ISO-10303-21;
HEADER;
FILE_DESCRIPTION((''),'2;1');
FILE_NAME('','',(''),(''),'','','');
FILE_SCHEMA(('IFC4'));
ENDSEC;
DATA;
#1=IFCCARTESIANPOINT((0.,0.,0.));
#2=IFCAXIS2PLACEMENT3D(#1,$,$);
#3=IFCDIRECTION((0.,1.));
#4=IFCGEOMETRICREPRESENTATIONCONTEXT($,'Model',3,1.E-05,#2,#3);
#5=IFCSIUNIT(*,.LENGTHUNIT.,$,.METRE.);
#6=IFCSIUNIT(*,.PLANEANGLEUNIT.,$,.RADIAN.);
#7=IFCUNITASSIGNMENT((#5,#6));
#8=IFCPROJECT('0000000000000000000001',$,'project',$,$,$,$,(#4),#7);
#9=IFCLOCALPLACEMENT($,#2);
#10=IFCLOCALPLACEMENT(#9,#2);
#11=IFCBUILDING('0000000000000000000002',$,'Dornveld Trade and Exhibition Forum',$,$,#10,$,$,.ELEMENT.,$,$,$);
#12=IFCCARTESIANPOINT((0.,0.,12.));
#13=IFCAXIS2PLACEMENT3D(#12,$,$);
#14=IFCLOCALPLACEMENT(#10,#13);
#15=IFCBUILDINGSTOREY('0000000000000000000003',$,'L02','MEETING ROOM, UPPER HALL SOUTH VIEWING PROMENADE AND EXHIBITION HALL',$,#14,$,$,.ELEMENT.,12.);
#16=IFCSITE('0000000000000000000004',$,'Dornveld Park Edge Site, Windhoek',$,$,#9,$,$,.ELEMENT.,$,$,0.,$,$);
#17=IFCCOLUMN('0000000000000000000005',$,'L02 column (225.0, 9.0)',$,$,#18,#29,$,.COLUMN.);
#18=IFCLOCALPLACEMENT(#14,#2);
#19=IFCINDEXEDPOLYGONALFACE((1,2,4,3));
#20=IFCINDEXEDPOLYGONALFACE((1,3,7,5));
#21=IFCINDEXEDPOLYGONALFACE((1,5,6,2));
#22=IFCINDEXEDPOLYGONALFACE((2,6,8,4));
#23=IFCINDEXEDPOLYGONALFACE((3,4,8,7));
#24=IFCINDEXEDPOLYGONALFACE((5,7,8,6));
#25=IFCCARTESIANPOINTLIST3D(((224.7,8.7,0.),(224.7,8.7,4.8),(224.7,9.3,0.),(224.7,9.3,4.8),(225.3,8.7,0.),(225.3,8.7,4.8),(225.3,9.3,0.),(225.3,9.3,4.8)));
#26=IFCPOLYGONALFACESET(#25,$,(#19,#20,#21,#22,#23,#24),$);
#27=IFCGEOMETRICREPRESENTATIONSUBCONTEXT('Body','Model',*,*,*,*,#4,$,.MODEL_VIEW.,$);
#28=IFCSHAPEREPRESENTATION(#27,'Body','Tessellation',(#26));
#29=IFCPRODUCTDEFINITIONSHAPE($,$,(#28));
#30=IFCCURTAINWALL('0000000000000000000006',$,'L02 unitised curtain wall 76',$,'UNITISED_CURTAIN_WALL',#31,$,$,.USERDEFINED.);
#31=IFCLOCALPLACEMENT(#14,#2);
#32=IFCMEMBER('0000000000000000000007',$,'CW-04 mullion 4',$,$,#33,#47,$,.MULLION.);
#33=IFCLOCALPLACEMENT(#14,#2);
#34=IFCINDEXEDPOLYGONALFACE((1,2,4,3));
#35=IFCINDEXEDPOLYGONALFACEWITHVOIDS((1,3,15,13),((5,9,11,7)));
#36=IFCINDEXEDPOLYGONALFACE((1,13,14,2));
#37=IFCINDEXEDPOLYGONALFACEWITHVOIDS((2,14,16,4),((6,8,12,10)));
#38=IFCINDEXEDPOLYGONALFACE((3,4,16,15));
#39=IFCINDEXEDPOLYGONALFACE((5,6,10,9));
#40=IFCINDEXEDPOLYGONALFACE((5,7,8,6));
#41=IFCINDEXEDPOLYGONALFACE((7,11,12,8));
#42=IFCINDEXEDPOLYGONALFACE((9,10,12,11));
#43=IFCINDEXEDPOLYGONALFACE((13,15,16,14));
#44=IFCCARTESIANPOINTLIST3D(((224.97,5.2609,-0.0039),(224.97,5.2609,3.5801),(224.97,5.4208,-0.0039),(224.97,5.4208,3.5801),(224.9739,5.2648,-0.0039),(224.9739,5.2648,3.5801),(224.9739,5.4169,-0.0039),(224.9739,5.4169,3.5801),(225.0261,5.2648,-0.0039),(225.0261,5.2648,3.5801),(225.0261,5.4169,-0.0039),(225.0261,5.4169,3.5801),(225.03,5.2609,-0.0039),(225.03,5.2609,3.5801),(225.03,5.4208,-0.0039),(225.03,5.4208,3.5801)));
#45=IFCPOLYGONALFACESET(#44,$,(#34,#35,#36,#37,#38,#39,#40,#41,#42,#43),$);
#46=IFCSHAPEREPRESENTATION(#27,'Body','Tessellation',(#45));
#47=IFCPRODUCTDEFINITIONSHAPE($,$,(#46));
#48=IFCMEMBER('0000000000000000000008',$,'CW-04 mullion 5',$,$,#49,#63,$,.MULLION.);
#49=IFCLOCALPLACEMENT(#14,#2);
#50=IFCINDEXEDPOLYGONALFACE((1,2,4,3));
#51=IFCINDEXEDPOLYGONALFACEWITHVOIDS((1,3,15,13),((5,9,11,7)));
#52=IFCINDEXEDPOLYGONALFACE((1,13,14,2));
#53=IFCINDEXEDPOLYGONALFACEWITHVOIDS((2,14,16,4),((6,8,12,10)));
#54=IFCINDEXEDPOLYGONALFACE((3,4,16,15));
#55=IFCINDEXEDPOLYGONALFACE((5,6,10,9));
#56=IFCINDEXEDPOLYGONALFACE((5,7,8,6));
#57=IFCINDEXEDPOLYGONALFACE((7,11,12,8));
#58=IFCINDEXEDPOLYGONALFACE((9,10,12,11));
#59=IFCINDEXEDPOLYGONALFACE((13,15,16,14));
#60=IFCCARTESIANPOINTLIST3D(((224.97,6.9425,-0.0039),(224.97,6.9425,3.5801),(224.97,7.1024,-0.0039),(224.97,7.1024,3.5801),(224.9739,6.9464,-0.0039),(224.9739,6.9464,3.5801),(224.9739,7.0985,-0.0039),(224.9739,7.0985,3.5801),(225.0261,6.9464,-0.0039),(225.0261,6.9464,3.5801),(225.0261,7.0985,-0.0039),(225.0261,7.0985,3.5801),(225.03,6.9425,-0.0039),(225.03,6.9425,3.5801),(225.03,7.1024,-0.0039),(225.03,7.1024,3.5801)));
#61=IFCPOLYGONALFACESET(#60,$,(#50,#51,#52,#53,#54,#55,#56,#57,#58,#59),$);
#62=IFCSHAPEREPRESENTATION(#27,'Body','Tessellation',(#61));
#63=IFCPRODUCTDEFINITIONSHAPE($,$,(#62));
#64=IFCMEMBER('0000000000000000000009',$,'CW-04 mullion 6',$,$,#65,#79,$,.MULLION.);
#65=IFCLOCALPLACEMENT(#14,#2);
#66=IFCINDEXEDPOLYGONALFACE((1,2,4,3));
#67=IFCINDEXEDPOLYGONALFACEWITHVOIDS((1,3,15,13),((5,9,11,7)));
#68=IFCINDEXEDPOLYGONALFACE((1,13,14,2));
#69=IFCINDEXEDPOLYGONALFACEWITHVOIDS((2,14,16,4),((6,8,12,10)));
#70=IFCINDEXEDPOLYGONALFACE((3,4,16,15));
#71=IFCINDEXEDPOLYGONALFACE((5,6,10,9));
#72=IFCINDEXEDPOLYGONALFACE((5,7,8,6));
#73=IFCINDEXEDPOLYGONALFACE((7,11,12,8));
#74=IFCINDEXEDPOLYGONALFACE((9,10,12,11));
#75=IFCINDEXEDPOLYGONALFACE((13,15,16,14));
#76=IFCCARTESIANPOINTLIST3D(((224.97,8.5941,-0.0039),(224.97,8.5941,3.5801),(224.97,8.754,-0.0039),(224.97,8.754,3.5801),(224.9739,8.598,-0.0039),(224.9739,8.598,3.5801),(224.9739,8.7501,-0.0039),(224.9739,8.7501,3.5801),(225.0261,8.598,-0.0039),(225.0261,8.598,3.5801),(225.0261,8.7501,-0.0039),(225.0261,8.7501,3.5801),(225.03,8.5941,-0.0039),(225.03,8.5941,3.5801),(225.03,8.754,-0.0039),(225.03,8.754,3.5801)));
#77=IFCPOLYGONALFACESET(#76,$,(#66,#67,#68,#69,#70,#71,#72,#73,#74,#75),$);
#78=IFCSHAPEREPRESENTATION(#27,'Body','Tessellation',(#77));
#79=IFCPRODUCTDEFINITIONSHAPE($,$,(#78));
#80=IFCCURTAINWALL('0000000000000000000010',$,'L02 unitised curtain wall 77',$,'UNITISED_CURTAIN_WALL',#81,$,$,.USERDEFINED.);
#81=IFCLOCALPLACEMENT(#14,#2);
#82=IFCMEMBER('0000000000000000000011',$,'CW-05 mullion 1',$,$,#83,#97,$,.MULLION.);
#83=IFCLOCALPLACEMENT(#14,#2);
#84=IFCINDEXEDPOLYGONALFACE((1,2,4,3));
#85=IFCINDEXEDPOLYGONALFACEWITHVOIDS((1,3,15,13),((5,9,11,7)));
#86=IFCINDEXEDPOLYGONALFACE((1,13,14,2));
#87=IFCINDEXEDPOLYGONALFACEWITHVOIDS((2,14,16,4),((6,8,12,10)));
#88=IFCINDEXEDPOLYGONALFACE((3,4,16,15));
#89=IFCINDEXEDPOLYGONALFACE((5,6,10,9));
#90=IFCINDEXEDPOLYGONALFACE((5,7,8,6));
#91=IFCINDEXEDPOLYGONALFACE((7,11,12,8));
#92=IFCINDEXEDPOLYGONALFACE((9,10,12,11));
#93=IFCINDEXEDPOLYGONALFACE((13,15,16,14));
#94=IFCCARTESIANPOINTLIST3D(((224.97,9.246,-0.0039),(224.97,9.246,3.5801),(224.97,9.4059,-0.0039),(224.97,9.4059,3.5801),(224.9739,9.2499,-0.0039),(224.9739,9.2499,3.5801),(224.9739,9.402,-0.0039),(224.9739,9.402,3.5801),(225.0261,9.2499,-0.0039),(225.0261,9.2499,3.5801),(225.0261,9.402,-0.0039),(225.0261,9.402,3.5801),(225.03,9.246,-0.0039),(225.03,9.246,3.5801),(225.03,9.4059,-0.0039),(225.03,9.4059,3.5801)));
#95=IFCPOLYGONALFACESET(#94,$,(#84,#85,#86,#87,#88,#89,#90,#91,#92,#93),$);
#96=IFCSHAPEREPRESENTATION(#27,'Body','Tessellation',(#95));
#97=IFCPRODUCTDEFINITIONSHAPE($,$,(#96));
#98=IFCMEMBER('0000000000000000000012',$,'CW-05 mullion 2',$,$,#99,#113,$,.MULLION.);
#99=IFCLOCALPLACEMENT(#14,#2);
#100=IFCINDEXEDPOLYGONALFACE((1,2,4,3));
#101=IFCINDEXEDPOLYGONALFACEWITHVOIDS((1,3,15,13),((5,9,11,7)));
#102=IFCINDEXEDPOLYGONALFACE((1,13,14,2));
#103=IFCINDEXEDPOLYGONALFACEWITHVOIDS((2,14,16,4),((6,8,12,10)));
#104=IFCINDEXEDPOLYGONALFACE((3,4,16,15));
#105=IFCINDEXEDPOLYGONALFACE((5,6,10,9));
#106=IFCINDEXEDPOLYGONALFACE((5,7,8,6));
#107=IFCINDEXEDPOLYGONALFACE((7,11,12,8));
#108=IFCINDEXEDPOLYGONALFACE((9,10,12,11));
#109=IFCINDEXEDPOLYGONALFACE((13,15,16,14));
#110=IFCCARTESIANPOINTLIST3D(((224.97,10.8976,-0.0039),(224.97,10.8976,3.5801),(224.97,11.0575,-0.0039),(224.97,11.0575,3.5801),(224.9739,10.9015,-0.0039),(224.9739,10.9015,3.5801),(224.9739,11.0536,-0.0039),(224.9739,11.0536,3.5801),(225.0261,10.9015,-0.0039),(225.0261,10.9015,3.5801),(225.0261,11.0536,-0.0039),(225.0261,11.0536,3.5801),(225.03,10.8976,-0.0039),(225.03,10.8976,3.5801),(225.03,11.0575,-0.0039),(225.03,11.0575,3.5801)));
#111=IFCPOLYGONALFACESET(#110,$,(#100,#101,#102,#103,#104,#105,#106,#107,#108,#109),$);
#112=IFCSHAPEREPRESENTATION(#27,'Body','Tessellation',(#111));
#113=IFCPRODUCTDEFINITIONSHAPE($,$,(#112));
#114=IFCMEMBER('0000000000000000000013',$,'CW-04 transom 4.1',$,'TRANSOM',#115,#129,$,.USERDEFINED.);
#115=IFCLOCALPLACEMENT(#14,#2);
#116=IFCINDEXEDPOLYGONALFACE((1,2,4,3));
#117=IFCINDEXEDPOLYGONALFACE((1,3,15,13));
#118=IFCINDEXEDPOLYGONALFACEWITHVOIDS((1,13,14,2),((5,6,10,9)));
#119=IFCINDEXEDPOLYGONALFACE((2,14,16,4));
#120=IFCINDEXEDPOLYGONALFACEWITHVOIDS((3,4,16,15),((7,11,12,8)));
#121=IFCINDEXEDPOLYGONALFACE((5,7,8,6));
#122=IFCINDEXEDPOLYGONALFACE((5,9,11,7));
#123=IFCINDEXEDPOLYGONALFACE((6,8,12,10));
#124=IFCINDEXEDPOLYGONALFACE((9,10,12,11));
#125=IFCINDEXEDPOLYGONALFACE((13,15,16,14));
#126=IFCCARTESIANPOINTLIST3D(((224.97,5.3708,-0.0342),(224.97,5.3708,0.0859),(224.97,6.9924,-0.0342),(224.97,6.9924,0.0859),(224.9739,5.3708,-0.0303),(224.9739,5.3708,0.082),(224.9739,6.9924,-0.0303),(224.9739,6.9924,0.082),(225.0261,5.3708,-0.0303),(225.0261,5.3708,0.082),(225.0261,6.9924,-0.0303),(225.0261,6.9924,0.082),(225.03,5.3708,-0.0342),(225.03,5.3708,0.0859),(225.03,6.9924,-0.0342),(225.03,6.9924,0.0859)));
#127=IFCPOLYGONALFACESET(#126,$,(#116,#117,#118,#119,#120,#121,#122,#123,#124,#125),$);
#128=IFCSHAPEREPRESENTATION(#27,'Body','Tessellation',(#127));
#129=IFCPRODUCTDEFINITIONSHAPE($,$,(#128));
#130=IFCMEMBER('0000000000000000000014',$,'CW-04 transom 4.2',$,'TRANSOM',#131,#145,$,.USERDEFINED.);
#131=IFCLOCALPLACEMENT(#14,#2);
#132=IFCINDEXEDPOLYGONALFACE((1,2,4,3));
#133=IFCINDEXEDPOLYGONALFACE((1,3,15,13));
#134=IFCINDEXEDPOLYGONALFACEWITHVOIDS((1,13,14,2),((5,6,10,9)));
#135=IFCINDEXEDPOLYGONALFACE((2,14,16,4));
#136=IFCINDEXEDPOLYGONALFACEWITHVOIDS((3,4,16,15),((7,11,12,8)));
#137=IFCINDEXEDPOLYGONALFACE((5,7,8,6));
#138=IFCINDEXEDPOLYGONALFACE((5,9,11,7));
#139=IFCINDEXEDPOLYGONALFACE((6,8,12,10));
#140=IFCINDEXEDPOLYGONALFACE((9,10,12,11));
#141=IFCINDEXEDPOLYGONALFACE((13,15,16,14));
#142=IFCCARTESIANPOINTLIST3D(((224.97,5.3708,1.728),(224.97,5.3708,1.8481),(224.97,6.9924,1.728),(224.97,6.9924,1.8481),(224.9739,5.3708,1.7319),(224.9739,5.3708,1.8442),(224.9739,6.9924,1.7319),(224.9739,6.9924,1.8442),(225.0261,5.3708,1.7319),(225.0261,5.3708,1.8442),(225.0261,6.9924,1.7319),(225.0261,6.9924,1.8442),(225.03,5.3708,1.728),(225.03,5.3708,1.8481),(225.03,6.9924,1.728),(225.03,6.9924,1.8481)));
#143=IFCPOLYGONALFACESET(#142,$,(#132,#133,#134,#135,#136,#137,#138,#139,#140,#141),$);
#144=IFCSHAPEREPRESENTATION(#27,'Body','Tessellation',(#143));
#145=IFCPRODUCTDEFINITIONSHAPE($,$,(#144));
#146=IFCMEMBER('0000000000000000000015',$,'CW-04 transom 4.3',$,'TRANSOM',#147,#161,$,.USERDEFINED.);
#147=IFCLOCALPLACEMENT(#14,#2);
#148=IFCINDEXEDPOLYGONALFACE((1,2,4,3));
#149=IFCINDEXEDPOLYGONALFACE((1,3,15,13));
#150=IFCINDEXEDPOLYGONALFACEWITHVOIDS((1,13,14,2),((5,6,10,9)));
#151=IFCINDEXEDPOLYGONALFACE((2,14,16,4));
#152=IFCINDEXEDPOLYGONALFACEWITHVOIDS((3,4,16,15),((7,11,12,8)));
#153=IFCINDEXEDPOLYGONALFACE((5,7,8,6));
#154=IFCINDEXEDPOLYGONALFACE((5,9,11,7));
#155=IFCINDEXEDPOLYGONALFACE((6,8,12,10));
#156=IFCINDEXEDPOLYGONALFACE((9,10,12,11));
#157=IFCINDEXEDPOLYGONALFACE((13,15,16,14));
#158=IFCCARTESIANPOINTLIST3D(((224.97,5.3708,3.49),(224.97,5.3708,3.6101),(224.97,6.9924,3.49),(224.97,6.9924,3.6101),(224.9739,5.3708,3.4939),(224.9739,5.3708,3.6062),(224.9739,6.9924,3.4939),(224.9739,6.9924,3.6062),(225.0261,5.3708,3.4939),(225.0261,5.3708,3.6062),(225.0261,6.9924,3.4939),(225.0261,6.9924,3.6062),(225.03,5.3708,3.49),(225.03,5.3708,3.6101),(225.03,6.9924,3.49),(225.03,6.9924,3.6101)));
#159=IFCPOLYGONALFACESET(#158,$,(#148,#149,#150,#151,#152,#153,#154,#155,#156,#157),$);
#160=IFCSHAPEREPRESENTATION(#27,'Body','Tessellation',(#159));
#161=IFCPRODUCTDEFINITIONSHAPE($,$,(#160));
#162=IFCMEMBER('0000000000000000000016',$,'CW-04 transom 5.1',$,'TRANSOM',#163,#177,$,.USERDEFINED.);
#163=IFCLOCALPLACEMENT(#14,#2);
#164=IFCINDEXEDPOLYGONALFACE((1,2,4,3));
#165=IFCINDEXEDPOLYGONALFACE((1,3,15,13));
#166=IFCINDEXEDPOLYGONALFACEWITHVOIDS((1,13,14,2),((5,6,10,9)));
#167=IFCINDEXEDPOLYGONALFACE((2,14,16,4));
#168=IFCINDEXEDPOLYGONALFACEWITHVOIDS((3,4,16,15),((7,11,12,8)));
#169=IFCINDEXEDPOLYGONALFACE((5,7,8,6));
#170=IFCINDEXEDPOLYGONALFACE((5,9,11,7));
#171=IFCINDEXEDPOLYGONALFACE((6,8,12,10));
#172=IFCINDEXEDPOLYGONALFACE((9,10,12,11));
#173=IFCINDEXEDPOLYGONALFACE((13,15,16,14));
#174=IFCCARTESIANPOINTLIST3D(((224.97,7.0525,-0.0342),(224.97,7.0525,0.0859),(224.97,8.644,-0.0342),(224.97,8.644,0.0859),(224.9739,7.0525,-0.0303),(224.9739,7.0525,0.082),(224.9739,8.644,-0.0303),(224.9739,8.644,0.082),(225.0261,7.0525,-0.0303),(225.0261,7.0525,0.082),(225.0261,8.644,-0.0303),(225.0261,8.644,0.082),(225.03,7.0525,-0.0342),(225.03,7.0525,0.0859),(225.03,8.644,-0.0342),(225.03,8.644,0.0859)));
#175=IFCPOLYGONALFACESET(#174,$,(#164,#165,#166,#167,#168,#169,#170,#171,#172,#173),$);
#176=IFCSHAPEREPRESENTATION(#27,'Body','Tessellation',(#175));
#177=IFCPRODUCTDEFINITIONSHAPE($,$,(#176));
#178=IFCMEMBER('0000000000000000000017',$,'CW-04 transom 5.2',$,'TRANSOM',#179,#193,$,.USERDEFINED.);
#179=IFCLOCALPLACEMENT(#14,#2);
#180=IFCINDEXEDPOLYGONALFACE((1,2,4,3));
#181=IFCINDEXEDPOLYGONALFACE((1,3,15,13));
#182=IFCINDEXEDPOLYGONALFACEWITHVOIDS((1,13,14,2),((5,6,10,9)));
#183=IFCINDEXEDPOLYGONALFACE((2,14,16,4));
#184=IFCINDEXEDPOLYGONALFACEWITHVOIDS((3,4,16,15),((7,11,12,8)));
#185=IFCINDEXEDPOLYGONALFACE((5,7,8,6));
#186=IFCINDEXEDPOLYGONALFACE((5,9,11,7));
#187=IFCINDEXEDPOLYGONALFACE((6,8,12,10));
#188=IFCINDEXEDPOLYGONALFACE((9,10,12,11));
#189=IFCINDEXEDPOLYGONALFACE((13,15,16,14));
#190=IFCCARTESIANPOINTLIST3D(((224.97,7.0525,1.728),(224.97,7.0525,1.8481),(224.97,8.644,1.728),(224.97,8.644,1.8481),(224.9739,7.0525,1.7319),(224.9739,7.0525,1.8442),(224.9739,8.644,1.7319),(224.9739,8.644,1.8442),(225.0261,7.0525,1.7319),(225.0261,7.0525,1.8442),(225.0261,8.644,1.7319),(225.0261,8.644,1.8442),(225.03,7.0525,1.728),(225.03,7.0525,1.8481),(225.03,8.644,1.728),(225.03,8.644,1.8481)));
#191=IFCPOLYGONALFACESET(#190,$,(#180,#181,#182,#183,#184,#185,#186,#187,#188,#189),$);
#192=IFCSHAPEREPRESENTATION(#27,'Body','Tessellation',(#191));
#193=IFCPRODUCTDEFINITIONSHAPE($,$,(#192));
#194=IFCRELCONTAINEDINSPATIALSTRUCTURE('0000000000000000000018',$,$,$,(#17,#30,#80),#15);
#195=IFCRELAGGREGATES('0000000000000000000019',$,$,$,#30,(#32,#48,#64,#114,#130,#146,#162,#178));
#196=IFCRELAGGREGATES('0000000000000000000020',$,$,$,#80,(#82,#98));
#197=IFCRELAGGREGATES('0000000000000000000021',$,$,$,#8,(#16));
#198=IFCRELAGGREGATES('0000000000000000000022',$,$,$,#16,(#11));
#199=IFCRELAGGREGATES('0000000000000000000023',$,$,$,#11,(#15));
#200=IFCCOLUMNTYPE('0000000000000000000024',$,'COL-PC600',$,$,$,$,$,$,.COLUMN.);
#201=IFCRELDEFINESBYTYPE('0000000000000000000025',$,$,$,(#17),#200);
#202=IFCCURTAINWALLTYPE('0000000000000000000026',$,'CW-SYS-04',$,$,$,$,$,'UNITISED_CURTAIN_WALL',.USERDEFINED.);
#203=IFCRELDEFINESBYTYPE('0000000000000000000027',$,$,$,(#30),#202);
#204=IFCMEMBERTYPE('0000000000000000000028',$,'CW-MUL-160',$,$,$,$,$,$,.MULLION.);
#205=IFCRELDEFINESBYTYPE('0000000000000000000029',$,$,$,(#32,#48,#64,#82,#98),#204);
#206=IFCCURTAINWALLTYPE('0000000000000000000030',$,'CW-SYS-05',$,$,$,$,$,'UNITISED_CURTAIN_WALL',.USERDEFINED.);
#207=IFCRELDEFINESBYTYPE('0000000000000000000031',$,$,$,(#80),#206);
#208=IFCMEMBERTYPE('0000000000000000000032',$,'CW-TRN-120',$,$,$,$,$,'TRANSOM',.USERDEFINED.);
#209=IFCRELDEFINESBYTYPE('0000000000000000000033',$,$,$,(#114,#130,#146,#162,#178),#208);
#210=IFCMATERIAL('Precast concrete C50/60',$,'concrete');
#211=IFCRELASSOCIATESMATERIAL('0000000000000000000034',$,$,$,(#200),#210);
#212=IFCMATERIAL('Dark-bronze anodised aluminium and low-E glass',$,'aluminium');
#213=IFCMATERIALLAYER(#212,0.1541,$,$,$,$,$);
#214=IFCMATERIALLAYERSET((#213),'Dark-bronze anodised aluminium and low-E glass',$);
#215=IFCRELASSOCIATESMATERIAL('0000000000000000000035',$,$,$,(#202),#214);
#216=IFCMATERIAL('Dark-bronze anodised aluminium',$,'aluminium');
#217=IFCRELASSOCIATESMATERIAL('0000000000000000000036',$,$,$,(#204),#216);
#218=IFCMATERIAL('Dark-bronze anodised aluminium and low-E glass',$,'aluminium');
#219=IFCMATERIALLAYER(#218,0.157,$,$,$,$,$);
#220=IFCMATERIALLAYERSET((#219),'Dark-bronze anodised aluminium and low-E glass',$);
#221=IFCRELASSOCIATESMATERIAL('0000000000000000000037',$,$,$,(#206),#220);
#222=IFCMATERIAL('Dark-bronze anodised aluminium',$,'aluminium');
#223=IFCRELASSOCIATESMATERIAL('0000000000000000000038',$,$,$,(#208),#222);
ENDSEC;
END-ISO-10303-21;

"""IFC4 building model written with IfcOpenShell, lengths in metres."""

from ifc_helpers import new_model, si_unit, direction, frame, origin, origin_2d, place, context, subcontext, project, spatial, rectangle, hollow_rectangle, extrude, material, layer, layer_set, material_profile, profile_set, type_object, element, aggregate, save


model = new_model("IFC4")

# Units and contexts
model_context = context("Model", 3, precision=1e-05, world=origin(), true_north=direction((0.0, 1.0)))
body_context = subcontext(model_context, "Body", "Model", "MODEL_VIEW")
ifc_project = project(units=[si_unit("LENGTHUNIT", "METRE"), si_unit("PLANEANGLEUNIT", "RADIAN")], contexts=[model_context])

# Site, building, storey
site_placement = place(None, origin())
site = spatial("IfcSite", under=ifc_project, at=site_placement, Name="Dornveld Park Edge Site, Windhoek", CompositionType="ELEMENT", RefElevation=0.0)
building_placement = place(site_placement, origin())
building = spatial("IfcBuilding", under=site, at=building_placement, Name="Dornveld Trade and Exhibition Forum", CompositionType="ELEMENT")
storey_placement = place(building_placement, frame((0.0, 0.0, 12.0)))
storey = spatial("IfcBuildingStorey", under=building, at=storey_placement, Name="L02", Description="MEETING ROOM, UPPER HALL SOUTH VIEWING PROMENADE AND EXHIBITION HALL", CompositionType="ELEMENT", Elevation=12.0)

# Column
ifc_material_1 = material(Name="Precast concrete C50/60", Category="concrete")
ifc_material_profile_1 = material_profile(ifc_material_1, rectangle(XDim=0.6001, YDim=0.6001, at=origin_2d()), Name="PC-COL 600x600")
ifc_profile_set_1 = profile_set([ifc_material_profile_1], Name="Precast concrete C50/60")
column_type = type_object("IfcColumnType", Name="COL-PC600", PredefinedType="COLUMN", material=ifc_profile_set_1)
column_placement = place(storey_placement, frame((225.0, 9.0, 0.0), z_axis=(0.0, 0.0, 1.0), x_axis=(1.0, 0.0, 0.0)))
element("IfcColumn", 1, at=column_placement, inside=storey, type_object=column_type, Name="L02 column (225.0, 9.0)", PredefinedType="COLUMN", context=body_context, shape_type="SweptSolid", body=[
    extrude(rectangle(XDim=0.6001, YDim=0.6001, at=origin_2d()), origin(), (0.0, 0.0, 1.0), 4.8),
])

# Curtain walls, members
ifc_material_2 = material(Name="Dark-bronze anodised aluminium and low-E glass", Category="aluminium")
ifc_layer_1 = layer(ifc_material_2, 0.1541)
ifc_layer_set_1 = layer_set([ifc_layer_1], Name="Dark-bronze anodised aluminium and low-E glass")
curtain_wall_type_1 = type_object("IfcCurtainWallType", Name="CW-SYS-04", ElementType="UNITISED_CURTAIN_WALL", PredefinedType="USERDEFINED", material=ifc_layer_set_1)
curtain_wall_1_placement = place(storey_placement, origin())
curtain_wall_1 = element("IfcCurtainWall", 2, at=curtain_wall_1_placement, inside=storey, type_object=curtain_wall_type_1, Name="L02 unitised curtain wall 76", ObjectType="UNITISED_CURTAIN_WALL", PredefinedType="USERDEFINED")
ifc_material_3 = material(Name="Dark-bronze anodised aluminium", Category="aluminium")
ifc_material_profile_2 = material_profile(ifc_material_3, hollow_rectangle(XDim=0.0601, YDim=0.1599, WallThickness=0.0039, at=origin_2d()), Name="RHS 160x60x4")
ifc_profile_set_2 = profile_set([ifc_material_profile_2], Name="Dark-bronze anodised aluminium")
member_type_1 = type_object("IfcMemberType", Name="CW-MUL-160", PredefinedType="MULLION", material=ifc_profile_set_2)
member_1_placement = place(storey_placement, frame((225.0, 5.3408, -0.0039), z_axis=(0.0, 0.0, 1.0), x_axis=(-1.0, 0.0, 0.0)))
member_1 = element("IfcMember", 3, at=member_1_placement, type_object=member_type_1, Name="CW-04 mullion 4", PredefinedType="MULLION", context=body_context, shape_type="SweptSolid", body=[
    extrude(hollow_rectangle(XDim=0.0601, YDim=0.1599, WallThickness=0.0039, at=origin_2d()), origin(), (0.0, 0.0, 1.0), 3.584),
])
member_2_placement = place(storey_placement, frame((225.0, 7.0225, -0.0039), z_axis=(0.0, 0.0, 1.0), x_axis=(-1.0, 0.0, 0.0)))
member_2 = element("IfcMember", 4, at=member_2_placement, type_object=member_type_1, Name="CW-04 mullion 5", PredefinedType="MULLION", context=body_context, shape_type="SweptSolid", body=[
    extrude(hollow_rectangle(XDim=0.0601, YDim=0.1599, WallThickness=0.0039, at=origin_2d()), origin(), (0.0, 0.0, 1.0), 3.584),
])
member_3_placement = place(storey_placement, frame((225.0, 8.6741, -0.0039), z_axis=(0.0, 0.0, 1.0), x_axis=(-1.0, 0.0, 0.0)))
member_3 = element("IfcMember", 5, at=member_3_placement, type_object=member_type_1, Name="CW-04 mullion 6", PredefinedType="MULLION", context=body_context, shape_type="SweptSolid", body=[
    extrude(hollow_rectangle(XDim=0.0601, YDim=0.1599, WallThickness=0.0039, at=origin_2d()), origin(), (0.0, 0.0, 1.0), 3.584),
])
ifc_material_4 = material(Name="Dark-bronze anodised aluminium and low-E glass", Category="aluminium")
ifc_layer_2 = layer(ifc_material_4, 0.157)
ifc_layer_set_2 = layer_set([ifc_layer_2], Name="Dark-bronze anodised aluminium and low-E glass")
curtain_wall_type_2 = type_object("IfcCurtainWallType", Name="CW-SYS-05", ElementType="UNITISED_CURTAIN_WALL", PredefinedType="USERDEFINED", material=ifc_layer_set_2)
curtain_wall_2_placement = place(storey_placement, origin())
curtain_wall_2 = element("IfcCurtainWall", 6, at=curtain_wall_2_placement, inside=storey, type_object=curtain_wall_type_2, Name="L02 unitised curtain wall 77", ObjectType="UNITISED_CURTAIN_WALL", PredefinedType="USERDEFINED")
member_4_placement = place(storey_placement, frame((225.0, 9.3259, -0.0039), z_axis=(0.0, 0.0, 1.0), x_axis=(-1.0, 0.0, 0.0)))
member_4 = element("IfcMember", 7, at=member_4_placement, type_object=member_type_1, Name="CW-05 mullion 1", PredefinedType="MULLION", context=body_context, shape_type="SweptSolid", body=[
    extrude(hollow_rectangle(XDim=0.0601, YDim=0.1599, WallThickness=0.0039, at=origin_2d()), origin(), (0.0, 0.0, 1.0), 3.584),
])
member_5_placement = place(storey_placement, frame((225.0, 10.9775, -0.0039), z_axis=(0.0, 0.0, 1.0), x_axis=(-1.0, 0.0, 0.0)))
member_5 = element("IfcMember", 8, at=member_5_placement, type_object=member_type_1, Name="CW-05 mullion 2", PredefinedType="MULLION", context=body_context, shape_type="SweptSolid", body=[
    extrude(hollow_rectangle(XDim=0.0601, YDim=0.1599, WallThickness=0.0039, at=origin_2d()), origin(), (0.0, 0.0, 1.0), 3.584),
])

# Members
ifc_material_5 = material(Name="Dark-bronze anodised aluminium", Category="aluminium")
ifc_material_profile_3 = material_profile(ifc_material_5, hollow_rectangle(XDim=0.0601, YDim=0.1201, WallThickness=0.0039, at=origin_2d()), Name="RHS 120x60x4")
ifc_profile_set_3 = profile_set([ifc_material_profile_3], Name="Dark-bronze anodised aluminium")
member_type_2 = type_object("IfcMemberType", Name="CW-TRN-120", ElementType="TRANSOM", PredefinedType="USERDEFINED", material=ifc_profile_set_3)
member_6_placement = place(storey_placement, frame((225.0, 5.3708, 0.0259), z_axis=(0.0, 1.0, 0.0), x_axis=(-1.0, 0.0, 0.0)))
member_6 = element("IfcMember", 9, at=member_6_placement, type_object=member_type_2, Name="CW-04 transom 4.1", ObjectType="TRANSOM", PredefinedType="USERDEFINED", context=body_context, shape_type="SweptSolid", body=[
    extrude(hollow_rectangle(XDim=0.0601, YDim=0.1201, WallThickness=0.0039, at=origin_2d()), origin(), (0.0, 0.0, 1.0), 1.6216),
])
member_7_placement = place(storey_placement, frame((225.0, 5.3708, 1.7881), z_axis=(0.0, 1.0, 0.0), x_axis=(-1.0, 0.0, 0.0)))
member_7 = element("IfcMember", 10, at=member_7_placement, type_object=member_type_2, Name="CW-04 transom 4.2", ObjectType="TRANSOM", PredefinedType="USERDEFINED", context=body_context, shape_type="SweptSolid", body=[
    extrude(hollow_rectangle(XDim=0.0601, YDim=0.1201, WallThickness=0.0039, at=origin_2d()), origin(), (0.0, 0.0, 1.0), 1.6216),
])
member_8_placement = place(storey_placement, frame((225.0, 5.3708, 3.55), z_axis=(0.0, 1.0, 0.0), x_axis=(-1.0, 0.0, 0.0)))
member_8 = element("IfcMember", 11, at=member_8_placement, type_object=member_type_2, Name="CW-04 transom 4.3", ObjectType="TRANSOM", PredefinedType="USERDEFINED", context=body_context, shape_type="SweptSolid", body=[
    extrude(hollow_rectangle(XDim=0.0601, YDim=0.1201, WallThickness=0.0039, at=origin_2d()), origin(), (0.0, 0.0, 1.0), 1.6216),
])
member_9_placement = place(storey_placement, frame((225.0, 7.0525, 0.0259), z_axis=(0.0, 1.0, 0.0), x_axis=(-1.0, 0.0, 0.0)))
member_9 = element("IfcMember", 12, at=member_9_placement, type_object=member_type_2, Name="CW-04 transom 5.1", ObjectType="TRANSOM", PredefinedType="USERDEFINED", context=body_context, shape_type="SweptSolid", body=[
    extrude(hollow_rectangle(XDim=0.0601, YDim=0.1201, WallThickness=0.0039, at=origin_2d()), origin(), (0.0, 0.0, 1.0), 1.5916),
])
member_10_placement = place(storey_placement, frame((225.0, 7.0525, 1.7881), z_axis=(0.0, 1.0, 0.0), x_axis=(-1.0, 0.0, 0.0)))
member_10 = element("IfcMember", 13, at=member_10_placement, type_object=member_type_2, Name="CW-04 transom 5.2", ObjectType="TRANSOM", PredefinedType="USERDEFINED", context=body_context, shape_type="SweptSolid", body=[
    extrude(hollow_rectangle(XDim=0.0601, YDim=0.1201, WallThickness=0.0039, at=origin_2d()), origin(), (0.0, 0.0, 1.0), 1.5916),
])

aggregate(curtain_wall_1, [member_1, member_2, member_3, member_6, member_7, member_8, member_9, member_10])
aggregate(curtain_wall_2, [member_4, member_5])

save(model, "model.ifc")
